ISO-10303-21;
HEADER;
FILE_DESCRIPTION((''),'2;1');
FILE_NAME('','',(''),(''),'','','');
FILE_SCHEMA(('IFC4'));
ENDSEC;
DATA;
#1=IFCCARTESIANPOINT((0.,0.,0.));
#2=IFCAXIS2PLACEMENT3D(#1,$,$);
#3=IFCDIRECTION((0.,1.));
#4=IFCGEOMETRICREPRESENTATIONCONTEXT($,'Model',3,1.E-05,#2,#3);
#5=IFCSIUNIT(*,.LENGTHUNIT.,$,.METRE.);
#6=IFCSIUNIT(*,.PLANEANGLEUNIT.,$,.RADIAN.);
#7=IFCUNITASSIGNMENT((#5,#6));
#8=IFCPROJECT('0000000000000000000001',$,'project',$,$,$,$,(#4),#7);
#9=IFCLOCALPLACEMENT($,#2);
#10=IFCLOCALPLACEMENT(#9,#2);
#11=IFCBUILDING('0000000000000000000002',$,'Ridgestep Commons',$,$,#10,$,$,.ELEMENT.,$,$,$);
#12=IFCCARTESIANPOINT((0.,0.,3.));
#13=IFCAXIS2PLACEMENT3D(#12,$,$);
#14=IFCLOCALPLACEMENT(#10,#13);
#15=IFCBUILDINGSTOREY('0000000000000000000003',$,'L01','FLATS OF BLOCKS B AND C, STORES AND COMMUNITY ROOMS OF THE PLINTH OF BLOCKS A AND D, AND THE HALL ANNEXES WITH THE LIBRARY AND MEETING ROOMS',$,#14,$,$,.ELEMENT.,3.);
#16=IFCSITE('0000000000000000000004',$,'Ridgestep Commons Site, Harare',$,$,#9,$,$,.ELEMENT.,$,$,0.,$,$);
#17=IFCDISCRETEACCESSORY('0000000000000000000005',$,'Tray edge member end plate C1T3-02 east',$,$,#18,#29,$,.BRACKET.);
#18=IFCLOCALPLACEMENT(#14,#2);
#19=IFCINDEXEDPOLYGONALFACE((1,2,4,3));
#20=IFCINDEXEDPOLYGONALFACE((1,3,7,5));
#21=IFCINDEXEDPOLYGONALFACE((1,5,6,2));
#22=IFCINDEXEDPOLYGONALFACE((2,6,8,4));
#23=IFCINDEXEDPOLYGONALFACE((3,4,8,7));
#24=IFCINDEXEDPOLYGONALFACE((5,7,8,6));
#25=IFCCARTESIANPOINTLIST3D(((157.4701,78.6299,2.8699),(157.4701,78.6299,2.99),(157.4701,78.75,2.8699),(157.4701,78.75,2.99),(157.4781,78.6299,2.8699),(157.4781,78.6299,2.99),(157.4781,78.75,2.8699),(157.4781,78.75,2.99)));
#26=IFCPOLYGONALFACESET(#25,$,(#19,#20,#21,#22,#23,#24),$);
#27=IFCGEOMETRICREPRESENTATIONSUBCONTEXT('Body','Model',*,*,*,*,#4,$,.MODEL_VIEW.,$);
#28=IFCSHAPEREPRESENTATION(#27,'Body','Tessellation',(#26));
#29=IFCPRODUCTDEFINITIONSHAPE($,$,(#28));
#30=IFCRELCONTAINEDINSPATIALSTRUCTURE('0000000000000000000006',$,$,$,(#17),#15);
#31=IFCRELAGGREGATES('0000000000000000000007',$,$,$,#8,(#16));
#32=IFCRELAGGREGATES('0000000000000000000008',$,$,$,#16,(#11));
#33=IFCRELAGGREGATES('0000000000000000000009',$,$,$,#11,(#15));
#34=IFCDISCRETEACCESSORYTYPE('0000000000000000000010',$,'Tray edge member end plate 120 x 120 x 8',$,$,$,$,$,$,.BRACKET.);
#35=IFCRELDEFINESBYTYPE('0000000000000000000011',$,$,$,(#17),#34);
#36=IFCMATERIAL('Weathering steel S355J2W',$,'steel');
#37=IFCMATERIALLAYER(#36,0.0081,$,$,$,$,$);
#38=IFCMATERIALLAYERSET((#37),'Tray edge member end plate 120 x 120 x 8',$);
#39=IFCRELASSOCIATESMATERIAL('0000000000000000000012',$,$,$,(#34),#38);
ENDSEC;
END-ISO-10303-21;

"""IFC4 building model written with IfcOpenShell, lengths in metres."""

from ifc_helpers import new_model, si_unit, direction, frame, origin, origin_2d, place, context, subcontext, project, spatial, rectangle, extrude, material, layer, layer_set, type_object, element, save


model = new_model("IFC4")

# Units and contexts
model_context = context("Model", 3, precision=1e-05, world=origin(), true_north=direction((0.0, 1.0)))
body_context = subcontext(model_context, "Body", "Model", "MODEL_VIEW")
ifc_project = project(units=[si_unit("LENGTHUNIT", "METRE"), si_unit("PLANEANGLEUNIT", "RADIAN")], contexts=[model_context])

# Site, building, storey
site_placement = place(None, origin())
site = spatial("IfcSite", under=ifc_project, at=site_placement, Name="Ridgestep Commons Site, Harare", CompositionType="ELEMENT", RefElevation=0.0)
building_placement = place(site_placement, origin())
building = spatial("IfcBuilding", under=site, at=building_placement, Name="Ridgestep Commons", CompositionType="ELEMENT")
storey_placement = place(building_placement, frame((0.0, 0.0, 3.0)))
storey = spatial("IfcBuildingStorey", under=building, at=storey_placement, Name="L01", Description="FLATS OF BLOCKS B AND C, STORES AND COMMUNITY ROOMS OF THE PLINTH OF BLOCKS A AND D, AND THE HALL ANNEXES WITH THE LIBRARY AND MEETING ROOMS", CompositionType="ELEMENT", Elevation=3.0)

# Discrete accessory
ifc_material_1 = material(Name="Weathering steel S355J2W", Category="steel")
ifc_layer_1 = layer(ifc_material_1, 0.0081)
ifc_layer_set_1 = layer_set([ifc_layer_1], Name="Tray edge member end plate 120 x 120 x 8")
discrete_accessory_type_1 = type_object("IfcDiscreteAccessoryType", Name="Tray edge member end plate 120 x 120 x 8", PredefinedType="BRACKET", material=ifc_layer_set_1)
for number, where, z_axis, x_axis, name in (
    (1, (157.4741, 78.6899, 2.8699), (0.0, 0.0, 1.0), (1.0, 0.0, 0.0), "Tray edge member end plate C1T3-02 east"),
):
    element("IfcDiscreteAccessory", number, at=place(storey_placement, frame(where, z_axis=z_axis, x_axis=x_axis)), inside=storey, type_object=discrete_accessory_type_1, Name=name, PredefinedType="BRACKET", context=body_context, shape_type="SweptSolid", body=[
        extrude(rectangle(XDim=0.0081, YDim=0.1201, at=origin_2d()), origin(), (0.0, 0.0, 1.0), 0.1201),
    ])

save(model, "model.ifc")
